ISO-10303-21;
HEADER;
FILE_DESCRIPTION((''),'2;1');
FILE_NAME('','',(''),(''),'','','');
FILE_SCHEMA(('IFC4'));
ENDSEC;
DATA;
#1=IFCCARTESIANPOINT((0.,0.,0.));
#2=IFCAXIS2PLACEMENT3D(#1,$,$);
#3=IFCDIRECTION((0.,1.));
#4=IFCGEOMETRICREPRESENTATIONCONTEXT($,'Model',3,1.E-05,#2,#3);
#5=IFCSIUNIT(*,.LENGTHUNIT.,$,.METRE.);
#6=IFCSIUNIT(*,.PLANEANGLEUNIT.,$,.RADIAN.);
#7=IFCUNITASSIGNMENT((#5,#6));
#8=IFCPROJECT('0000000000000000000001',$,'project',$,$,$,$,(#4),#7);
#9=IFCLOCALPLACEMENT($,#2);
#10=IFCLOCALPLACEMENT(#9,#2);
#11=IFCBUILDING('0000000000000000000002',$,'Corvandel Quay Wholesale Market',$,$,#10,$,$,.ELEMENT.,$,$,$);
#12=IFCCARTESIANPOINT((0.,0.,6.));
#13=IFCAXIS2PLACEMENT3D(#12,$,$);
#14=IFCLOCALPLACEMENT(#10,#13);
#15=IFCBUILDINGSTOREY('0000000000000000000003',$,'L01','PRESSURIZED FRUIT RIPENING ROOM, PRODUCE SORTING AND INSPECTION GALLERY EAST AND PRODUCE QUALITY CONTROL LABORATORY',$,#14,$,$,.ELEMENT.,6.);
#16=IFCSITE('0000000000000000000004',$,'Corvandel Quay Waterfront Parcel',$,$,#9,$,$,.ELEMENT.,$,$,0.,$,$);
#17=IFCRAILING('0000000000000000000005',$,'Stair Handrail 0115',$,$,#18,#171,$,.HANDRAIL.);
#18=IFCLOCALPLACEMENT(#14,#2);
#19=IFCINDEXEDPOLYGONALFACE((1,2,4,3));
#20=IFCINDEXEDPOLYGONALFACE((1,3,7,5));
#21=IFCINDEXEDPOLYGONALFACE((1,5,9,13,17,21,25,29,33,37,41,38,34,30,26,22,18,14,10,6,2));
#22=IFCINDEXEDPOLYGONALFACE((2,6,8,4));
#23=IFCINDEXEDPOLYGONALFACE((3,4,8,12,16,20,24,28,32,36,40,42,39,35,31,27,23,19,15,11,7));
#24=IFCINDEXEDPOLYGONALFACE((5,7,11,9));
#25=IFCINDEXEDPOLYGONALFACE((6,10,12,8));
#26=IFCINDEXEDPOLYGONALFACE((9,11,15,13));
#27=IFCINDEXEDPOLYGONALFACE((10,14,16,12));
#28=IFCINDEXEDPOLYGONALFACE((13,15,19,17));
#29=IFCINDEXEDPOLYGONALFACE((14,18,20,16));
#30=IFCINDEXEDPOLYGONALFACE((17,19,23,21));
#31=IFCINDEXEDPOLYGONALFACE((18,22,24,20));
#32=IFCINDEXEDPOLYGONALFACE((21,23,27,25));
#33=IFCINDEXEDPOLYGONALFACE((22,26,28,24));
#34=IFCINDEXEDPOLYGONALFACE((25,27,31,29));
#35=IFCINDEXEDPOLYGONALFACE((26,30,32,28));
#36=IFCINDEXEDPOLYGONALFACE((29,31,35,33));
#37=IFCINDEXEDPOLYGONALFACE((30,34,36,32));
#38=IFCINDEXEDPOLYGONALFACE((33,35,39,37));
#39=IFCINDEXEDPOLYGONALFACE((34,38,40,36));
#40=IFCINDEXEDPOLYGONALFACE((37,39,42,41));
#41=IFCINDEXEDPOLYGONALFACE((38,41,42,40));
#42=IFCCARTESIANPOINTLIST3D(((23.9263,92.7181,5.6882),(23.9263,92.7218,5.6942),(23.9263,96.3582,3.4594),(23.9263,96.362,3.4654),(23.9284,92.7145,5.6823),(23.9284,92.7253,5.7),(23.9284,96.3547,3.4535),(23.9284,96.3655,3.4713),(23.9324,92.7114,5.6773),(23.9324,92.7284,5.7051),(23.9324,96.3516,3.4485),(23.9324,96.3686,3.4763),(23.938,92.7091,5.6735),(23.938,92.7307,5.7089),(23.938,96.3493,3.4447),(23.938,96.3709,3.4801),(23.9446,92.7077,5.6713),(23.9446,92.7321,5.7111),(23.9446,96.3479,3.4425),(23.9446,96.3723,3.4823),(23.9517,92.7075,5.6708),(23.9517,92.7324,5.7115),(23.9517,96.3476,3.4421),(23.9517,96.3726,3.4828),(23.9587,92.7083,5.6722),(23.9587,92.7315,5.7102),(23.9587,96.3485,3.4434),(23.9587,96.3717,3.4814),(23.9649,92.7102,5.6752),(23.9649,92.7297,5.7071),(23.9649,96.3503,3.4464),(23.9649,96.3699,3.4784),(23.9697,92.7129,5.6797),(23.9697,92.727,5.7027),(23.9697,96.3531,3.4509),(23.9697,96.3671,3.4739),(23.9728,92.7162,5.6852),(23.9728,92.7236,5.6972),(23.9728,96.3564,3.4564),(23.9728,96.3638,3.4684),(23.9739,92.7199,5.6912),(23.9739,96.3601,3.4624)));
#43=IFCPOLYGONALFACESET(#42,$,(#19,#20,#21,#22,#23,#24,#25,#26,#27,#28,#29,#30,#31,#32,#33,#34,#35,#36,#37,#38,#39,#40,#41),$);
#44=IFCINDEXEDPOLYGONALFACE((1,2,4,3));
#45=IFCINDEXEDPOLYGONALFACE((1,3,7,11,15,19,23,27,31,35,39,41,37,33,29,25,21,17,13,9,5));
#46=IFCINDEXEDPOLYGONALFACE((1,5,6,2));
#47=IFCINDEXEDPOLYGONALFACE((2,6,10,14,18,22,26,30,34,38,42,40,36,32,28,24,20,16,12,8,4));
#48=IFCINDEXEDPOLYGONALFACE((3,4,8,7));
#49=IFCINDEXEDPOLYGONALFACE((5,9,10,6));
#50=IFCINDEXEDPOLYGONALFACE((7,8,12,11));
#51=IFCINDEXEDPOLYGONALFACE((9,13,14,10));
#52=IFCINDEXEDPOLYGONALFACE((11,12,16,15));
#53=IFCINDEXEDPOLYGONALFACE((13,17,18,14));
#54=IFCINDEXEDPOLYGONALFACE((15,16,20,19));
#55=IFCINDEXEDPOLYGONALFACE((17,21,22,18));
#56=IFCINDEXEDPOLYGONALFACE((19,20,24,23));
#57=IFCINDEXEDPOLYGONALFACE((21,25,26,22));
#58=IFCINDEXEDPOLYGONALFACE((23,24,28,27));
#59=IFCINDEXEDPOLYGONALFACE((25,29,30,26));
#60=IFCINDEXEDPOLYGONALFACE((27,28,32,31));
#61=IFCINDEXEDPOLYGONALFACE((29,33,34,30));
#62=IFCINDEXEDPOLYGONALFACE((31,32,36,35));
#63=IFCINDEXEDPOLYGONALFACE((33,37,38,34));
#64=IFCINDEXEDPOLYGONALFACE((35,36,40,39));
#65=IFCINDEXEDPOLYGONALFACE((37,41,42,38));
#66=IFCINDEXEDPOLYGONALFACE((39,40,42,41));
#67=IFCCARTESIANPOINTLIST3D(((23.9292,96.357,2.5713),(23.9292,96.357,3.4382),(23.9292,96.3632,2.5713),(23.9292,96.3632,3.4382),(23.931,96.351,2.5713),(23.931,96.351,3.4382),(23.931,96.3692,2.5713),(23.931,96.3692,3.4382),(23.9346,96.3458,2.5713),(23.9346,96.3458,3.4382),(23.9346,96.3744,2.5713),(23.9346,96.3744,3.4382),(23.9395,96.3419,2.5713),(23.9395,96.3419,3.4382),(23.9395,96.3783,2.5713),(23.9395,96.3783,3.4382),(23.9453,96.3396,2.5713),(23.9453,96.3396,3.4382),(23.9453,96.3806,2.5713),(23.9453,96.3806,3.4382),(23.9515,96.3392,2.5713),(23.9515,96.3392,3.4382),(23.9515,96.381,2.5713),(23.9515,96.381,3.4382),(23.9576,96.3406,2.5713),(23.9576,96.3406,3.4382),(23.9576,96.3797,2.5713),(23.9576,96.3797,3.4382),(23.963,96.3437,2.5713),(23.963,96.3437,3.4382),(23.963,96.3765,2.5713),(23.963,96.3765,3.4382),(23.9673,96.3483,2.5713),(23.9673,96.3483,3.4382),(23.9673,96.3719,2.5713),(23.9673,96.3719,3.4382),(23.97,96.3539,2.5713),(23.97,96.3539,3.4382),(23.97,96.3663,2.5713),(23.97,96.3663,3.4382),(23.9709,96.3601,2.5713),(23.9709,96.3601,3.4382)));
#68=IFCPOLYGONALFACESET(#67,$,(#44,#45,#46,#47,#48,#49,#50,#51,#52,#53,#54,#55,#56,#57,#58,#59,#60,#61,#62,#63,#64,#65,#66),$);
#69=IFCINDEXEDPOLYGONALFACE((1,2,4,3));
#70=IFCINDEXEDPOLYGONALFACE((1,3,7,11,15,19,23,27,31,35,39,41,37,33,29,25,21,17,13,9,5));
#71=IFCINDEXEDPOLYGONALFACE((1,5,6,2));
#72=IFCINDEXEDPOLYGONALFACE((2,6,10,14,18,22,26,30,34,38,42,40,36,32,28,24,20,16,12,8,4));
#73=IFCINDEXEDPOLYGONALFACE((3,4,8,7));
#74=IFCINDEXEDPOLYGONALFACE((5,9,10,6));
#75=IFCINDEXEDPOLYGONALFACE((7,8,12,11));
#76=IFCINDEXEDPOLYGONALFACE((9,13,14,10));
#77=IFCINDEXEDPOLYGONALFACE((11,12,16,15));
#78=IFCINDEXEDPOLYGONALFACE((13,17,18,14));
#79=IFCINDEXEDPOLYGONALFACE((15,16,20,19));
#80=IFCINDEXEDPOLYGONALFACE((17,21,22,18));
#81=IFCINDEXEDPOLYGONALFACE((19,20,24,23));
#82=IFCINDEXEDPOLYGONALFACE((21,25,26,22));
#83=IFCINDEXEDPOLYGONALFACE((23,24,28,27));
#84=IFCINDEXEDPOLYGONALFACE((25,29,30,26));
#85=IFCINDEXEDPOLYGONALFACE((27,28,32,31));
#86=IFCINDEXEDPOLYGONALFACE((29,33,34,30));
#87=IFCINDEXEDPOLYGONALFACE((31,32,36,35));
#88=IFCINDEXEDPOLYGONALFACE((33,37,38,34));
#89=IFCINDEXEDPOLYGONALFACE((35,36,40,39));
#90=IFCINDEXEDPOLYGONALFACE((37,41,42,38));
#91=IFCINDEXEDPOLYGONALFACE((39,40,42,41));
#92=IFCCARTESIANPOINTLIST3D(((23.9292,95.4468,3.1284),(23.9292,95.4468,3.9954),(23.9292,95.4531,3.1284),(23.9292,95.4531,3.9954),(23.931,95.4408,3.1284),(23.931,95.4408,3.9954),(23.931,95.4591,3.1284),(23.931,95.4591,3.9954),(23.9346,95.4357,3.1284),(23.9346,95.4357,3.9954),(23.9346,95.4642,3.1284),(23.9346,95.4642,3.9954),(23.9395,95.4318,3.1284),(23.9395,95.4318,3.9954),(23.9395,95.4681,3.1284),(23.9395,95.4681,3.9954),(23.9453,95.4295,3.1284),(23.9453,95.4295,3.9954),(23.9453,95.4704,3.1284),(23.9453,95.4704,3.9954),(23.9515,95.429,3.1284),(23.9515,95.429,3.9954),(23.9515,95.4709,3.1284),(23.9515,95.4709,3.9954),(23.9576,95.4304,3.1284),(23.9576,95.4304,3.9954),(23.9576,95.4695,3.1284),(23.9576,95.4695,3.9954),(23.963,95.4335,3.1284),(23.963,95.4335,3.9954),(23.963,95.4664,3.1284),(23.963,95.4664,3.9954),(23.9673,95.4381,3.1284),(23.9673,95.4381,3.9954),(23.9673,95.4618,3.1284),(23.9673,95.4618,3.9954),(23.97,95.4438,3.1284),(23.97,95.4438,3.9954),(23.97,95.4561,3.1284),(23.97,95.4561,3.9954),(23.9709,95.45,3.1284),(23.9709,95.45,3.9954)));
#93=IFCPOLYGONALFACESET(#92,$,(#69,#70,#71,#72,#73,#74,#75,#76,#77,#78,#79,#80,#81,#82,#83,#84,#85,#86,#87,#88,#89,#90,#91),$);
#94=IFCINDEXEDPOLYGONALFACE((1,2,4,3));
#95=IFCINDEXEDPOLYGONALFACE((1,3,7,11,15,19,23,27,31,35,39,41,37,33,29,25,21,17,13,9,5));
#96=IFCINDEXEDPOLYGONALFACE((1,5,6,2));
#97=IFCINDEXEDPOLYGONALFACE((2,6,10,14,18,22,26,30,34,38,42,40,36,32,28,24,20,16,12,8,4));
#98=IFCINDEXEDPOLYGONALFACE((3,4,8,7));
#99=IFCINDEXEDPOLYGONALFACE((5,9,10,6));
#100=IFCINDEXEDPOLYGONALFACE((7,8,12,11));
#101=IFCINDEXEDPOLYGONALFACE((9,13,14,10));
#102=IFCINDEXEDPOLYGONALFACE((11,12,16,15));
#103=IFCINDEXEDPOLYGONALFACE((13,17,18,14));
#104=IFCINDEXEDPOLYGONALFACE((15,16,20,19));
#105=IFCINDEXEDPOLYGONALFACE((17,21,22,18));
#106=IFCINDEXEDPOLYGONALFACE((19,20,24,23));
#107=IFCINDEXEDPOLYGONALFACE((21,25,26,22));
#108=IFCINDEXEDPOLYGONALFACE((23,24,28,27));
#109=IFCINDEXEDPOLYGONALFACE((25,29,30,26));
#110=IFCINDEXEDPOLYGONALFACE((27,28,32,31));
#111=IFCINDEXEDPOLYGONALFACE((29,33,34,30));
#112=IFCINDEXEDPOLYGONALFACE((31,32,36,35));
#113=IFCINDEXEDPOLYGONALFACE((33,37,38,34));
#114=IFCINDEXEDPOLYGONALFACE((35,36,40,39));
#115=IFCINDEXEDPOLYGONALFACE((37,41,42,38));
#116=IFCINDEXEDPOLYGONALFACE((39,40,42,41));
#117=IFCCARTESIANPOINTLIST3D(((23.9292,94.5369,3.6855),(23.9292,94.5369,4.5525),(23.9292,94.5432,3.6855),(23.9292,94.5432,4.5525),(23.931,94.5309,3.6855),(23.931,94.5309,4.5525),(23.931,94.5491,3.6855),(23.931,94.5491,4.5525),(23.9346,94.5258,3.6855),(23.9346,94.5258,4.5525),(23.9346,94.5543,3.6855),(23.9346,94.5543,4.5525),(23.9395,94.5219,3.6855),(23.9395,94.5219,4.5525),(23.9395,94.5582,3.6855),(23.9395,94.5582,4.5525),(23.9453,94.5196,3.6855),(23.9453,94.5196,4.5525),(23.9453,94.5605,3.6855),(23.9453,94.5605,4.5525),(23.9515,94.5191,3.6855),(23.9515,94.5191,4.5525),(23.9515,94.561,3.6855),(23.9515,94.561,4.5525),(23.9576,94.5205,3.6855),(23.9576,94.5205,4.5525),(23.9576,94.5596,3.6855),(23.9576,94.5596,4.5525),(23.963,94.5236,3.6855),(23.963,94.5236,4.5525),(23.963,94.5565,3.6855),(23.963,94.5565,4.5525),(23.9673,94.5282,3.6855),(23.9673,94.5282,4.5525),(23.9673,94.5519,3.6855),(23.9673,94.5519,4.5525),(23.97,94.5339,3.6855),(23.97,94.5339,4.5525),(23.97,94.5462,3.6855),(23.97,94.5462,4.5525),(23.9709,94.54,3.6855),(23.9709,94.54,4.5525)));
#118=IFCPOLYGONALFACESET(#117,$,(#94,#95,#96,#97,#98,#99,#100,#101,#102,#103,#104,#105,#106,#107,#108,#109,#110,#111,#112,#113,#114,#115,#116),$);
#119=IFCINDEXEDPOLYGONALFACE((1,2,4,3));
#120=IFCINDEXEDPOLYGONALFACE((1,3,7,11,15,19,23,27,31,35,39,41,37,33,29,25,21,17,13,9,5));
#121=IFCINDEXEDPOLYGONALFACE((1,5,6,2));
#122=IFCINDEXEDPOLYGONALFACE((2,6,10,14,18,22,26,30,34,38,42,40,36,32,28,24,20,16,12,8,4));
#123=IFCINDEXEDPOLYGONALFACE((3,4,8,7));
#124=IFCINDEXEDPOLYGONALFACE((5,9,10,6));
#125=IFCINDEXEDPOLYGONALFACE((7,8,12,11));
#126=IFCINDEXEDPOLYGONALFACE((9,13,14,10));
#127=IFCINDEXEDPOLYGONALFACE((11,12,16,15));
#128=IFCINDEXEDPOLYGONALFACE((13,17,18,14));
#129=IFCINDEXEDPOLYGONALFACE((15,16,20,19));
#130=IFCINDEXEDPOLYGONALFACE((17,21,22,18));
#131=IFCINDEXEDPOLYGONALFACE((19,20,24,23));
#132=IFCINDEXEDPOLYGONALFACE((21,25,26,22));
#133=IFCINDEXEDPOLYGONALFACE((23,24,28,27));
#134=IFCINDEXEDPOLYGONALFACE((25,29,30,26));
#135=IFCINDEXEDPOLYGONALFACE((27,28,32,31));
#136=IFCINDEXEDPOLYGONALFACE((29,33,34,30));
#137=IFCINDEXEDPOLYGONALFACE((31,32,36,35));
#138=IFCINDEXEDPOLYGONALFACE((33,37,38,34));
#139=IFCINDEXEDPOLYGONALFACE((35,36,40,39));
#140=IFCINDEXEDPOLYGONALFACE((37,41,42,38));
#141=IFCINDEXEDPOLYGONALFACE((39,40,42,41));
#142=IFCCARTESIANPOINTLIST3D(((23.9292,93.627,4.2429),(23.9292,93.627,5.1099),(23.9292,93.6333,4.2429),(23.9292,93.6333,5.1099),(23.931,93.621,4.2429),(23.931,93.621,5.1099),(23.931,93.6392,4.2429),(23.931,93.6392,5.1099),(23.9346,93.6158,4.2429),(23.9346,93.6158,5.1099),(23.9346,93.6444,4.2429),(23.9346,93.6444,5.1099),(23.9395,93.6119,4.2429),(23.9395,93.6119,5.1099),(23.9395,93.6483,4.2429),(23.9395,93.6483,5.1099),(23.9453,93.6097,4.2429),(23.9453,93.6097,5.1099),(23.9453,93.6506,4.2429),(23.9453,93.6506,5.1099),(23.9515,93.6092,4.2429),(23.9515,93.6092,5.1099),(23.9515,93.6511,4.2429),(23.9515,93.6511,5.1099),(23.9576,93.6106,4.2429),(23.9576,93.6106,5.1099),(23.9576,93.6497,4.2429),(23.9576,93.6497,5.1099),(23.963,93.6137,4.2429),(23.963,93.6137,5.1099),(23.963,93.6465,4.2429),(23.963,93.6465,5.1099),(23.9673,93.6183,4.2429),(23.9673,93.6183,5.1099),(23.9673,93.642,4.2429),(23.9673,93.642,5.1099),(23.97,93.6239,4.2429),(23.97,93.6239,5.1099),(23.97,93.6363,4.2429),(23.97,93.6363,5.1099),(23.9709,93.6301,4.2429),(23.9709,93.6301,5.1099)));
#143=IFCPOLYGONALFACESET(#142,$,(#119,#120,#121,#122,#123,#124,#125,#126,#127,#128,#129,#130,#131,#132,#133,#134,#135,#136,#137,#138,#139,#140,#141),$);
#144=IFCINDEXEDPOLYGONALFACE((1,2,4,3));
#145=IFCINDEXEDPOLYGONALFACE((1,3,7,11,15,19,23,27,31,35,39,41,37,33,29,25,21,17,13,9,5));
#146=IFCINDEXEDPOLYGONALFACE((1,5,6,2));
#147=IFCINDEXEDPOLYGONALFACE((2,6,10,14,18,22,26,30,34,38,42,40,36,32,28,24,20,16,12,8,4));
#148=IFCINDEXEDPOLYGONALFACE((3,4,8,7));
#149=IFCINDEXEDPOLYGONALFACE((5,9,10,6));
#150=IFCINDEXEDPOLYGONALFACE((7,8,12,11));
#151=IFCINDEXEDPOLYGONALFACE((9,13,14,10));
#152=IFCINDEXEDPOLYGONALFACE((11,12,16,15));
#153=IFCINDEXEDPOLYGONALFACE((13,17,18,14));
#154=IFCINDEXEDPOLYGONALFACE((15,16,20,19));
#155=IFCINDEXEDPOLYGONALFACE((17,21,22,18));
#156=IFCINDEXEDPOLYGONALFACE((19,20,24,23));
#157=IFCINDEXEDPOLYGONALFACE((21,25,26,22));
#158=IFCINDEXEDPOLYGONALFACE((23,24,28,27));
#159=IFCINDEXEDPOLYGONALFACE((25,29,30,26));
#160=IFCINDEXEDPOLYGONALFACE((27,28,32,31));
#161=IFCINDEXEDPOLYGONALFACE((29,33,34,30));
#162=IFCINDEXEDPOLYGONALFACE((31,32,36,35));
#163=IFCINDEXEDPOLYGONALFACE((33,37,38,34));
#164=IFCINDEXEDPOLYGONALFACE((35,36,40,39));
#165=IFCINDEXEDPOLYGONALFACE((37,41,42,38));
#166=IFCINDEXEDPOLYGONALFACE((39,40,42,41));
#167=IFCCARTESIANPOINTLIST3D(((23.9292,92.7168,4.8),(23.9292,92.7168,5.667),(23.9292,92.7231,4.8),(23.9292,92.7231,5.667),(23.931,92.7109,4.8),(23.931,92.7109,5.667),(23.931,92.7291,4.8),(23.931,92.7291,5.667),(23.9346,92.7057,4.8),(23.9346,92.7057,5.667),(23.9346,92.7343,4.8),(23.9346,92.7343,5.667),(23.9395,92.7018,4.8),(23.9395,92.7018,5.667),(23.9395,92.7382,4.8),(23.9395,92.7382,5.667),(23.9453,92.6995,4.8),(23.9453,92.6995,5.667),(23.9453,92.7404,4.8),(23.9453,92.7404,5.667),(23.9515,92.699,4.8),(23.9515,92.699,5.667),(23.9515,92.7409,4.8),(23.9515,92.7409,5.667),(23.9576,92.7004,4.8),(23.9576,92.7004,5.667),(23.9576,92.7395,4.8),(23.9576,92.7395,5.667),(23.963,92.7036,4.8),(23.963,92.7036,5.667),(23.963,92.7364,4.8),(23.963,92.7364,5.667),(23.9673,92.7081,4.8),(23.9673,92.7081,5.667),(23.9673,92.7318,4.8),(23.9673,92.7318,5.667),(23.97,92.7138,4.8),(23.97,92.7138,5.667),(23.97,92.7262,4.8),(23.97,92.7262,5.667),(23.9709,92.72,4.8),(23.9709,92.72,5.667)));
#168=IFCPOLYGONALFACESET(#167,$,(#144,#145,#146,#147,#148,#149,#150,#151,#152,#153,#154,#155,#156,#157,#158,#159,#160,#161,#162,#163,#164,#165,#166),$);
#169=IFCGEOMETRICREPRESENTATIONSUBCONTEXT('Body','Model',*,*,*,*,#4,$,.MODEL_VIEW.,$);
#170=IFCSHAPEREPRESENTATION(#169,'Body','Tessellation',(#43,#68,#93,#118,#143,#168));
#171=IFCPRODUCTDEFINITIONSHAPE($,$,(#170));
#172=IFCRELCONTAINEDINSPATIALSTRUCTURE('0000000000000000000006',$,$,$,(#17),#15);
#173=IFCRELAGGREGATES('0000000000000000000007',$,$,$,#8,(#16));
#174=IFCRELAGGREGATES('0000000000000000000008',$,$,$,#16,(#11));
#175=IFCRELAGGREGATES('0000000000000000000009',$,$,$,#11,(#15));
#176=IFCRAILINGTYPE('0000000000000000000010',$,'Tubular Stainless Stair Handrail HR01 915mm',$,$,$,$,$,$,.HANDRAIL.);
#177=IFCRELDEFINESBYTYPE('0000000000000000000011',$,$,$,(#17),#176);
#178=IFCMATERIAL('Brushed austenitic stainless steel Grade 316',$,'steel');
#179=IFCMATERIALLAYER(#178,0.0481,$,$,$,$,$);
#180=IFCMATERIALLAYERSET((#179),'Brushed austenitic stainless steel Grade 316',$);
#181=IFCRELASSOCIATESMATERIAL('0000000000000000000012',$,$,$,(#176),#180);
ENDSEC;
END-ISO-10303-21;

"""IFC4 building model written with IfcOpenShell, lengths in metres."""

from ifc_helpers import new_model, si_unit, direction, frame, origin, origin_2d, place, context, subcontext, project, spatial, circle, extrude, material, layer, layer_set, type_object, element, save


model = new_model("IFC4")

# Units and contexts
model_context = context("Model", 3, precision=1e-05, world=origin(), true_north=direction((0.0, 1.0)))
body_context = subcontext(model_context, "Body", "Model", "MODEL_VIEW")
ifc_project = project(units=[si_unit("LENGTHUNIT", "METRE"), si_unit("PLANEANGLEUNIT", "RADIAN")], contexts=[model_context])

# Site, building, storey
site_placement = place(None, origin())
site = spatial("IfcSite", under=ifc_project, at=site_placement, Name="Corvandel Quay Waterfront Parcel", CompositionType="ELEMENT", RefElevation=0.0)
building_placement = place(site_placement, origin())
building = spatial("IfcBuilding", under=site, at=building_placement, Name="Corvandel Quay Wholesale Market", CompositionType="ELEMENT")
storey_placement = place(building_placement, frame((0.0, 0.0, 6.0)))
storey = spatial("IfcBuildingStorey", under=building, at=storey_placement, Name="L01", Description="PRESSURIZED FRUIT RIPENING ROOM, PRODUCE SORTING AND INSPECTION GALLERY EAST AND PRODUCE QUALITY CONTROL LABORATORY", CompositionType="ELEMENT", Elevation=6.0)

# Railing
ifc_material_1 = material(Name="Brushed austenitic stainless steel Grade 316", Category="steel")
ifc_layer_1 = layer(ifc_material_1, 0.0481)
ifc_layer_set_1 = layer_set([ifc_layer_1], Name="Brushed austenitic stainless steel Grade 316")
railing_type = type_object("IfcRailingType", Name="Tubular Stainless Stair Handrail HR01 915mm", PredefinedType="HANDRAIL", material=ifc_layer_set_1)
for number, where, name in (
    (1, (23.95, 96.3601, 2.5713), "Stair Handrail 0115"),
):
    element("IfcRailing", number, at=place(storey_placement, frame(where)), inside=storey, type_object=railing_type, Name=name, PredefinedType="HANDRAIL", context=body_context, shape_type="SweptSolid", body=[
        extrude(circle(Radius=0.0239, at=origin_2d()), frame((0.0, 0.0, 0.8911), z_axis=(0.0, -0.85284, 0.522172), x_axis=(1.0, 0.0, 0.0)), (0.0, 0.0, 1.0), 4.2683),
        extrude(circle(Radius=0.021, at=origin_2d()), origin(), (0.0, 0.0, 1.0), 0.8669),
        extrude(circle(Radius=0.021, at=origin_2d()), frame((0.0, -0.9102, 0.5571)), (0.0, 0.0, 1.0), 0.8669),
        extrude(circle(Radius=0.021, at=origin_2d()), frame((0.0, -1.8201, 1.1143)), (0.0, 0.0, 1.0), 0.8669),
        extrude(circle(Radius=0.021, at=origin_2d()), frame((0.0, -2.73, 1.6716)), (0.0, 0.0, 1.0), 0.8669),
        extrude(circle(Radius=0.021, at=origin_2d()), frame((0.0, -3.6401, 2.2288)), (0.0, 0.0, 1.0), 0.8669),
    ])

save(model, "model.ifc")
